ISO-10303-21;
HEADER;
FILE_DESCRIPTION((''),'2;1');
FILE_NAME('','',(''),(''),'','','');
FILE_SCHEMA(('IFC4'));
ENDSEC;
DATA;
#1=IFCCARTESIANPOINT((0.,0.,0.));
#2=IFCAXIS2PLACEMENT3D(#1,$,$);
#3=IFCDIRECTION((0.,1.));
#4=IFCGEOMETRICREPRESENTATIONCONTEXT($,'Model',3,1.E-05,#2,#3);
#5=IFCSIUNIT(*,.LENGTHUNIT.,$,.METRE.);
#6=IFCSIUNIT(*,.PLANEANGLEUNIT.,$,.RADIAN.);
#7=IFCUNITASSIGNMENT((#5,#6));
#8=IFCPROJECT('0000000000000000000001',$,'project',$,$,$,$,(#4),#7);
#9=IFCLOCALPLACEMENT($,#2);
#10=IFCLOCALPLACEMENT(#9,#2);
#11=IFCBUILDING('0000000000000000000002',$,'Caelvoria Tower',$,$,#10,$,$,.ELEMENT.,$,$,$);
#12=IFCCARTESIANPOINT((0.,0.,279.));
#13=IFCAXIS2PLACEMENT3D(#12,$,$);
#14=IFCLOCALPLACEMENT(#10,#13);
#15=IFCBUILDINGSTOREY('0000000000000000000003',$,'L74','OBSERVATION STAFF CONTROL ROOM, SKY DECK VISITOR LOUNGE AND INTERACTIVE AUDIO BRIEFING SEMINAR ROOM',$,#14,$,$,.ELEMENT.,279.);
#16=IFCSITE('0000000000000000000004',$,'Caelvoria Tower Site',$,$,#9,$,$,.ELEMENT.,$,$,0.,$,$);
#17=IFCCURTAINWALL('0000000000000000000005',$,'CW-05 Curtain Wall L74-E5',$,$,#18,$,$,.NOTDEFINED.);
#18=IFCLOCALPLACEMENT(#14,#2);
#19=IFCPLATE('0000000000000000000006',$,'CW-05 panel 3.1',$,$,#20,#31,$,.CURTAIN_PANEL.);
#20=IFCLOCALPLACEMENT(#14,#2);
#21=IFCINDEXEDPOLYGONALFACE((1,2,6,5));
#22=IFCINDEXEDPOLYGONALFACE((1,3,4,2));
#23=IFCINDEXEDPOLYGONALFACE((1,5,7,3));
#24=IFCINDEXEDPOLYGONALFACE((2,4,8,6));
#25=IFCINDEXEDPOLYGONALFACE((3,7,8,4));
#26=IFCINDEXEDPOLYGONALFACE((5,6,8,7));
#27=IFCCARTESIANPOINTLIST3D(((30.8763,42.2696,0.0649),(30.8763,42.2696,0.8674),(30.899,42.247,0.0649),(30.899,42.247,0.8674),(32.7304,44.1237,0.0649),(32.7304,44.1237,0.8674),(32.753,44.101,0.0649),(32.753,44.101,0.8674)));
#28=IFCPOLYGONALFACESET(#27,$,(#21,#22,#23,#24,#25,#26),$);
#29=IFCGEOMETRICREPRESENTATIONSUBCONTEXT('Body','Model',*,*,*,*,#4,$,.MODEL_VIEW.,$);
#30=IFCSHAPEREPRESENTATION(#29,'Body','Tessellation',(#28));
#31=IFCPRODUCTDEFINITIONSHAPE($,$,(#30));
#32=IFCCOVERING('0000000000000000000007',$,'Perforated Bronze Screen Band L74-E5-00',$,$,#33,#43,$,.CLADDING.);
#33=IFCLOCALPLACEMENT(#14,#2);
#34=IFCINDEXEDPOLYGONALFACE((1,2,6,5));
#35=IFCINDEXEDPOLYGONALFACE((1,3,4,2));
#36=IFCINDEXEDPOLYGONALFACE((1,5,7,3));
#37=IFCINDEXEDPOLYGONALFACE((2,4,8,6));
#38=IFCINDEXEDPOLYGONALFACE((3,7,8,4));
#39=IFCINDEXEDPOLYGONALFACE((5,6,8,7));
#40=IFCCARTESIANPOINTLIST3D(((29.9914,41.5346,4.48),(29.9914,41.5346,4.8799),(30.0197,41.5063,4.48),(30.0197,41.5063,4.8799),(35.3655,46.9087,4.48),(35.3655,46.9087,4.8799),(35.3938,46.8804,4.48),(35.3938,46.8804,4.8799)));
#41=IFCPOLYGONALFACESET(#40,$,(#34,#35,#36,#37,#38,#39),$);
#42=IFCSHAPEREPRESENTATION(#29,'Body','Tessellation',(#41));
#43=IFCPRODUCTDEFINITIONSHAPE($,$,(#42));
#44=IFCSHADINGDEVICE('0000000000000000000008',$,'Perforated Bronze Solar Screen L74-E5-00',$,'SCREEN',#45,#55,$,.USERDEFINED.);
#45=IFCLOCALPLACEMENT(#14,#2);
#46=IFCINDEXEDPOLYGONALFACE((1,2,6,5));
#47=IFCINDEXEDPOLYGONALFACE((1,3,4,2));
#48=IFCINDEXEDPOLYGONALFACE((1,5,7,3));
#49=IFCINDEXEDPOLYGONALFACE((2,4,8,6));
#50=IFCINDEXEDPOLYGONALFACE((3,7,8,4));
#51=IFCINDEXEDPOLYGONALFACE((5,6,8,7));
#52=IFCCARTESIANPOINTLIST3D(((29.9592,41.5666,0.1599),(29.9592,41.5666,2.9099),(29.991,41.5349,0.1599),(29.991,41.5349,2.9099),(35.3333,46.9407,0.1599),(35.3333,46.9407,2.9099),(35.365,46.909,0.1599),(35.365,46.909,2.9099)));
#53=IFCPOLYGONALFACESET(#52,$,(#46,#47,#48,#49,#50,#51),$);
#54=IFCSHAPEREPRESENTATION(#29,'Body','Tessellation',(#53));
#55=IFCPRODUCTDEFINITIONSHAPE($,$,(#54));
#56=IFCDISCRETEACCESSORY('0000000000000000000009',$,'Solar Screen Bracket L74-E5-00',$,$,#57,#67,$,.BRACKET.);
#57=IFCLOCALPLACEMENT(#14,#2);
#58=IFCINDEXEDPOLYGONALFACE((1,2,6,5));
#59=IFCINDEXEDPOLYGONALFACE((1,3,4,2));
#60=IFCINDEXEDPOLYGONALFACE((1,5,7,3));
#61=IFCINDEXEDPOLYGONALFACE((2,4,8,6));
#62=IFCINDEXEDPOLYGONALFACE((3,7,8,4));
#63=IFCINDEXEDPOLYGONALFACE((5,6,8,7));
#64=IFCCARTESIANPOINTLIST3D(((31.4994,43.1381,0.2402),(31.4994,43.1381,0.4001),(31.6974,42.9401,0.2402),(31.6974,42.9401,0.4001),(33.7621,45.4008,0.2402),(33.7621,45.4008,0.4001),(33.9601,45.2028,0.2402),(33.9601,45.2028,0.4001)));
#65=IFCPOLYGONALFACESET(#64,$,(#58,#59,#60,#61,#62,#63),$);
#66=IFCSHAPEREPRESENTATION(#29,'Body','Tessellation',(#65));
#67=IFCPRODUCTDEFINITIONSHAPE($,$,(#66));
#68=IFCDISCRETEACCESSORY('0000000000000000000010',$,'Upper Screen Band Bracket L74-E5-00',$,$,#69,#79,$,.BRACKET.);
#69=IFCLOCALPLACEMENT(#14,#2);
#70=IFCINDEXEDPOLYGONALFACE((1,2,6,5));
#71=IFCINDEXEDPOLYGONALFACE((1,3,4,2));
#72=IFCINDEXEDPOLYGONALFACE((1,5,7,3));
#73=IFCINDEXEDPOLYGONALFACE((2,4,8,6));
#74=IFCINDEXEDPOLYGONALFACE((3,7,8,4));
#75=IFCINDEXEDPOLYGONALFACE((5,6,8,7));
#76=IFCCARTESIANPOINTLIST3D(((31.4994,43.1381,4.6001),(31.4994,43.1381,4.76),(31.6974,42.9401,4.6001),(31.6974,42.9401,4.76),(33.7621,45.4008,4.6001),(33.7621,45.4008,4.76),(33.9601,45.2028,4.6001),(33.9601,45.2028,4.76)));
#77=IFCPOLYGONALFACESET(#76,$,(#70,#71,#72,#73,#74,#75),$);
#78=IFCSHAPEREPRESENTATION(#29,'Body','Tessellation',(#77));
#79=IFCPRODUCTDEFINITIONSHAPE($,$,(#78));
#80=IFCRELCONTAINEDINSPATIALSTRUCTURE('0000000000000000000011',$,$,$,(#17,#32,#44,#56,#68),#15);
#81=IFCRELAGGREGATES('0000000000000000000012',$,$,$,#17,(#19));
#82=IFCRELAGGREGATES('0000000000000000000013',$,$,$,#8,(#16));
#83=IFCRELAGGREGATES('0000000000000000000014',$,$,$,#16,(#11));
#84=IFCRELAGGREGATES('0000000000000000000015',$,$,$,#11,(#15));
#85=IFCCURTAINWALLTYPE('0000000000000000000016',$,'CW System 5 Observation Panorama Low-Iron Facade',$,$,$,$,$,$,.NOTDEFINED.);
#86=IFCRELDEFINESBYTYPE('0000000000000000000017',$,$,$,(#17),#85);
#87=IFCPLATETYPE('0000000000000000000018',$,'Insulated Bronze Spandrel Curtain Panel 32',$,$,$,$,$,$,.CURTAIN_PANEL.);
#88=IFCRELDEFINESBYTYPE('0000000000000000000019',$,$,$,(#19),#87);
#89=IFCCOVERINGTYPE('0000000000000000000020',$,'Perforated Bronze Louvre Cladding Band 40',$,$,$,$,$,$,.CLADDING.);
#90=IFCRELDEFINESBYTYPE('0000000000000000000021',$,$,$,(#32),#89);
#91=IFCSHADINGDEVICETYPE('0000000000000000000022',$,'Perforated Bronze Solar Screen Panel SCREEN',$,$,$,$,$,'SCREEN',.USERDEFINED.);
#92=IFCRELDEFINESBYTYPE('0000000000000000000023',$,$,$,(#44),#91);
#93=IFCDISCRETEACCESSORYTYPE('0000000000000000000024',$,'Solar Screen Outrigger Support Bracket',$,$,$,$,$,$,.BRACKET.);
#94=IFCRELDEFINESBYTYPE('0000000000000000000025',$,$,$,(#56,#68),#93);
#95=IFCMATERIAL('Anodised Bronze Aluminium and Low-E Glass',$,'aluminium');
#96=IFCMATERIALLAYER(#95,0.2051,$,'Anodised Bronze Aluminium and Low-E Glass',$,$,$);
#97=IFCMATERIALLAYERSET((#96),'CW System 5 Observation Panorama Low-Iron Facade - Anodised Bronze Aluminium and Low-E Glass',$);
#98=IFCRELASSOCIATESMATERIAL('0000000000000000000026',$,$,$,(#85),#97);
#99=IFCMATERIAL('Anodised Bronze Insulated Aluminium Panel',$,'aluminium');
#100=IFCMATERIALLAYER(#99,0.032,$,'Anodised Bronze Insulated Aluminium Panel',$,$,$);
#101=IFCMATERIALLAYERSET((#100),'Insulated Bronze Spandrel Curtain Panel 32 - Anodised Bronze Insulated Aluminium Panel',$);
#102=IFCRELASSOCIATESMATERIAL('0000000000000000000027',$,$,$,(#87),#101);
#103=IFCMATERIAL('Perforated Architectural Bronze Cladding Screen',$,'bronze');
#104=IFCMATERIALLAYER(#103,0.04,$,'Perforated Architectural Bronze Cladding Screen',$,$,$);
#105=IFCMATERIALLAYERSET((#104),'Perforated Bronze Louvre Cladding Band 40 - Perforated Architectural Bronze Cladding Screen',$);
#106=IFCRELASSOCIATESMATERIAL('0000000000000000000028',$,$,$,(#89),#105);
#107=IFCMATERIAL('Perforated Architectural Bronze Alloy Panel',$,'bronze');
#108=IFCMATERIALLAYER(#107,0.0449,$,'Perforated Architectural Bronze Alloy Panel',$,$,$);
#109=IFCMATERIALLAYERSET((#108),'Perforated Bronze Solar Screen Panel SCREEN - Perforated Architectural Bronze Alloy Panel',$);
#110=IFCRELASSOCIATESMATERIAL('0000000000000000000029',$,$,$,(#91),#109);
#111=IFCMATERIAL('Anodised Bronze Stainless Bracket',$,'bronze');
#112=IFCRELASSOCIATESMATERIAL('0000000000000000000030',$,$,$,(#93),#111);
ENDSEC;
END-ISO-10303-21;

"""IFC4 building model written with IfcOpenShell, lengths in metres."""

from ifc_helpers import new_model, si_unit, direction, frame, origin, origin_2d, place, context, subcontext, project, spatial, rectangle, extrude, material, layer, layer_set, type_object, element, aggregate, save


model = new_model("IFC4")

# Units and contexts
model_context = context("Model", 3, precision=1e-05, world=origin(), true_north=direction((0.0, 1.0)))
body_context = subcontext(model_context, "Body", "Model", "MODEL_VIEW")
ifc_project = project(units=[si_unit("LENGTHUNIT", "METRE"), si_unit("PLANEANGLEUNIT", "RADIAN")], contexts=[model_context])

# Site, building, storey
site_placement = place(None, origin())
site = spatial("IfcSite", under=ifc_project, at=site_placement, Name="Caelvoria Tower Site", CompositionType="ELEMENT", RefElevation=0.0)
building_placement = place(site_placement, origin())
building = spatial("IfcBuilding", under=site, at=building_placement, Name="Caelvoria Tower", CompositionType="ELEMENT")
storey_placement = place(building_placement, frame((0.0, 0.0, 279.0)))
storey = spatial("IfcBuildingStorey", under=building, at=storey_placement, Name="L74", Description="OBSERVATION STAFF CONTROL ROOM, SKY DECK VISITOR LOUNGE AND INTERACTIVE AUDIO BRIEFING SEMINAR ROOM", CompositionType="ELEMENT", Elevation=279.0)

# Shared definitions
ifc_material_1 = material(Name="Anodised Bronze Aluminium and Low-E Glass", Category="aluminium")
ifc_layer_1 = layer(ifc_material_1, 0.2051, Name="Anodised Bronze Aluminium and Low-E Glass")
ifc_layer_set_1 = layer_set([ifc_layer_1], Name="CW System 5 Observation Panorama Low-Iron Facade - Anodised Bronze Aluminium and Low-E Glass")
curtain_wall_type = type_object("IfcCurtainWallType", Name="CW System 5 Observation Panorama Low-Iron Facade", PredefinedType="NOTDEFINED", material=ifc_layer_set_1)

# Curtain wall
curtain_wall_1_placement = place(storey_placement, origin())
curtain_wall_1 = element("IfcCurtainWall", 1, at=curtain_wall_1_placement, inside=storey, type_object=curtain_wall_type, Name="CW-05 Curtain Wall L74-E5", PredefinedType="NOTDEFINED")

# Plate
ifc_material_2 = material(Name="Anodised Bronze Insulated Aluminium Panel", Category="aluminium")
ifc_layer_2 = layer(ifc_material_2, 0.032, Name="Anodised Bronze Insulated Aluminium Panel")
ifc_layer_set_2 = layer_set([ifc_layer_2], Name="Insulated Bronze Spandrel Curtain Panel 32 - Anodised Bronze Insulated Aluminium Panel")
plate_type_1 = type_object("IfcPlateType", Name="Insulated Bronze Spandrel Curtain Panel 32", PredefinedType="CURTAIN_PANEL", material=ifc_layer_set_2)
plate_1_placement = place(storey_placement, frame((31.8147, 43.1853, 0.0649), z_axis=(0.0, 0.0, 1.0), x_axis=(-0.707107, -0.707107, 0.0)))
plate_1 = element("IfcPlate", 2, at=plate_1_placement, type_object=plate_type_1, Name="CW-05 panel 3.1", PredefinedType="CURTAIN_PANEL", context=body_context, shape_type="SweptSolid", body=[
    extrude(rectangle(XDim=2.6221, YDim=0.032, at=origin_2d()), origin(), (0.0, 0.0, 1.0), 0.8025),
])
aggregate(curtain_wall_1, [plate_1])

# Covering
ifc_material_3 = material(Name="Perforated Architectural Bronze Cladding Screen", Category="bronze")
ifc_layer_3 = layer(ifc_material_3, 0.04, Name="Perforated Architectural Bronze Cladding Screen")
ifc_layer_set_3 = layer_set([ifc_layer_3], Name="Perforated Bronze Louvre Cladding Band 40 - Perforated Architectural Bronze Cladding Screen")
covering_type = type_object("IfcCoveringType", Name="Perforated Bronze Louvre Cladding Band 40", PredefinedType="CLADDING", material=ifc_layer_set_3)
covering_placement = place(storey_placement, frame((32.6926, 44.2075, 4.48), z_axis=(0.0, 0.0, 1.0), x_axis=(-0.707107, -0.707107, 0.0)))
element("IfcCovering", 3, at=covering_placement, inside=storey, type_object=covering_type, Name="Perforated Bronze Screen Band L74-E5-00", PredefinedType="CLADDING", context=body_context, shape_type="SweptSolid", body=[
    extrude(rectangle(XDim=7.6001, YDim=0.04, at=origin_2d()), origin(), (0.0, 0.0, 1.0), 0.3999),
])

# Shading device
ifc_material_4 = material(Name="Perforated Architectural Bronze Alloy Panel", Category="bronze")
ifc_layer_4 = layer(ifc_material_4, 0.0449, Name="Perforated Architectural Bronze Alloy Panel")
ifc_layer_set_4 = layer_set([ifc_layer_4], Name="Perforated Bronze Solar Screen Panel SCREEN - Perforated Architectural Bronze Alloy Panel")
shading_device_type = type_object("IfcShadingDeviceType", Name="Perforated Bronze Solar Screen Panel SCREEN", ElementType="SCREEN", PredefinedType="USERDEFINED", material=ifc_layer_set_4)
shading_device_placement = place(storey_placement, frame((32.6621, 44.2378, 0.1599), z_axis=(0.0, 0.0, 1.0), x_axis=(-0.707107, -0.707107, 0.0)))
element("IfcShadingDevice", 4, at=shading_device_placement, inside=storey, type_object=shading_device_type, Name="Perforated Bronze Solar Screen L74-E5-00", ObjectType="SCREEN", PredefinedType="USERDEFINED", context=body_context, shape_type="SweptSolid", body=[
    extrude(rectangle(XDim=7.6001, YDim=0.0449, at=origin_2d()), origin(), (0.0, 0.0, 1.0), 2.75),
])

# Discrete accessories
ifc_material_5 = material(Name="Anodised Bronze Stainless Bracket", Category="bronze")
discrete_accessory_type = type_object("IfcDiscreteAccessoryType", Name="Solar Screen Outrigger Support Bracket", PredefinedType="BRACKET", material=ifc_material_5)
for number, where, z_axis, x_axis, name in (
    (5, (32.7297, 44.1704, 0.2402), (0.0, 0.0, 1.0), (-0.707107, -0.707107, 0.0), "Solar Screen Bracket L74-E5-00"),
    (6, (32.7297, 44.1704, 4.6001), (0.0, 0.0, 1.0), (-0.707107, -0.707107, 0.0), "Upper Screen Band Bracket L74-E5-00"),
):
    element("IfcDiscreteAccessory", number, at=place(storey_placement, frame(where, z_axis=z_axis, x_axis=x_axis)), inside=storey, type_object=discrete_accessory_type, Name=name, PredefinedType="BRACKET", context=body_context, shape_type="SweptSolid", body=[
        extrude(rectangle(XDim=3.2, YDim=0.28, at=origin_2d()), origin(), (0.0, 0.0, 1.0), 0.1599),
    ])

save(model, "model.ifc")
